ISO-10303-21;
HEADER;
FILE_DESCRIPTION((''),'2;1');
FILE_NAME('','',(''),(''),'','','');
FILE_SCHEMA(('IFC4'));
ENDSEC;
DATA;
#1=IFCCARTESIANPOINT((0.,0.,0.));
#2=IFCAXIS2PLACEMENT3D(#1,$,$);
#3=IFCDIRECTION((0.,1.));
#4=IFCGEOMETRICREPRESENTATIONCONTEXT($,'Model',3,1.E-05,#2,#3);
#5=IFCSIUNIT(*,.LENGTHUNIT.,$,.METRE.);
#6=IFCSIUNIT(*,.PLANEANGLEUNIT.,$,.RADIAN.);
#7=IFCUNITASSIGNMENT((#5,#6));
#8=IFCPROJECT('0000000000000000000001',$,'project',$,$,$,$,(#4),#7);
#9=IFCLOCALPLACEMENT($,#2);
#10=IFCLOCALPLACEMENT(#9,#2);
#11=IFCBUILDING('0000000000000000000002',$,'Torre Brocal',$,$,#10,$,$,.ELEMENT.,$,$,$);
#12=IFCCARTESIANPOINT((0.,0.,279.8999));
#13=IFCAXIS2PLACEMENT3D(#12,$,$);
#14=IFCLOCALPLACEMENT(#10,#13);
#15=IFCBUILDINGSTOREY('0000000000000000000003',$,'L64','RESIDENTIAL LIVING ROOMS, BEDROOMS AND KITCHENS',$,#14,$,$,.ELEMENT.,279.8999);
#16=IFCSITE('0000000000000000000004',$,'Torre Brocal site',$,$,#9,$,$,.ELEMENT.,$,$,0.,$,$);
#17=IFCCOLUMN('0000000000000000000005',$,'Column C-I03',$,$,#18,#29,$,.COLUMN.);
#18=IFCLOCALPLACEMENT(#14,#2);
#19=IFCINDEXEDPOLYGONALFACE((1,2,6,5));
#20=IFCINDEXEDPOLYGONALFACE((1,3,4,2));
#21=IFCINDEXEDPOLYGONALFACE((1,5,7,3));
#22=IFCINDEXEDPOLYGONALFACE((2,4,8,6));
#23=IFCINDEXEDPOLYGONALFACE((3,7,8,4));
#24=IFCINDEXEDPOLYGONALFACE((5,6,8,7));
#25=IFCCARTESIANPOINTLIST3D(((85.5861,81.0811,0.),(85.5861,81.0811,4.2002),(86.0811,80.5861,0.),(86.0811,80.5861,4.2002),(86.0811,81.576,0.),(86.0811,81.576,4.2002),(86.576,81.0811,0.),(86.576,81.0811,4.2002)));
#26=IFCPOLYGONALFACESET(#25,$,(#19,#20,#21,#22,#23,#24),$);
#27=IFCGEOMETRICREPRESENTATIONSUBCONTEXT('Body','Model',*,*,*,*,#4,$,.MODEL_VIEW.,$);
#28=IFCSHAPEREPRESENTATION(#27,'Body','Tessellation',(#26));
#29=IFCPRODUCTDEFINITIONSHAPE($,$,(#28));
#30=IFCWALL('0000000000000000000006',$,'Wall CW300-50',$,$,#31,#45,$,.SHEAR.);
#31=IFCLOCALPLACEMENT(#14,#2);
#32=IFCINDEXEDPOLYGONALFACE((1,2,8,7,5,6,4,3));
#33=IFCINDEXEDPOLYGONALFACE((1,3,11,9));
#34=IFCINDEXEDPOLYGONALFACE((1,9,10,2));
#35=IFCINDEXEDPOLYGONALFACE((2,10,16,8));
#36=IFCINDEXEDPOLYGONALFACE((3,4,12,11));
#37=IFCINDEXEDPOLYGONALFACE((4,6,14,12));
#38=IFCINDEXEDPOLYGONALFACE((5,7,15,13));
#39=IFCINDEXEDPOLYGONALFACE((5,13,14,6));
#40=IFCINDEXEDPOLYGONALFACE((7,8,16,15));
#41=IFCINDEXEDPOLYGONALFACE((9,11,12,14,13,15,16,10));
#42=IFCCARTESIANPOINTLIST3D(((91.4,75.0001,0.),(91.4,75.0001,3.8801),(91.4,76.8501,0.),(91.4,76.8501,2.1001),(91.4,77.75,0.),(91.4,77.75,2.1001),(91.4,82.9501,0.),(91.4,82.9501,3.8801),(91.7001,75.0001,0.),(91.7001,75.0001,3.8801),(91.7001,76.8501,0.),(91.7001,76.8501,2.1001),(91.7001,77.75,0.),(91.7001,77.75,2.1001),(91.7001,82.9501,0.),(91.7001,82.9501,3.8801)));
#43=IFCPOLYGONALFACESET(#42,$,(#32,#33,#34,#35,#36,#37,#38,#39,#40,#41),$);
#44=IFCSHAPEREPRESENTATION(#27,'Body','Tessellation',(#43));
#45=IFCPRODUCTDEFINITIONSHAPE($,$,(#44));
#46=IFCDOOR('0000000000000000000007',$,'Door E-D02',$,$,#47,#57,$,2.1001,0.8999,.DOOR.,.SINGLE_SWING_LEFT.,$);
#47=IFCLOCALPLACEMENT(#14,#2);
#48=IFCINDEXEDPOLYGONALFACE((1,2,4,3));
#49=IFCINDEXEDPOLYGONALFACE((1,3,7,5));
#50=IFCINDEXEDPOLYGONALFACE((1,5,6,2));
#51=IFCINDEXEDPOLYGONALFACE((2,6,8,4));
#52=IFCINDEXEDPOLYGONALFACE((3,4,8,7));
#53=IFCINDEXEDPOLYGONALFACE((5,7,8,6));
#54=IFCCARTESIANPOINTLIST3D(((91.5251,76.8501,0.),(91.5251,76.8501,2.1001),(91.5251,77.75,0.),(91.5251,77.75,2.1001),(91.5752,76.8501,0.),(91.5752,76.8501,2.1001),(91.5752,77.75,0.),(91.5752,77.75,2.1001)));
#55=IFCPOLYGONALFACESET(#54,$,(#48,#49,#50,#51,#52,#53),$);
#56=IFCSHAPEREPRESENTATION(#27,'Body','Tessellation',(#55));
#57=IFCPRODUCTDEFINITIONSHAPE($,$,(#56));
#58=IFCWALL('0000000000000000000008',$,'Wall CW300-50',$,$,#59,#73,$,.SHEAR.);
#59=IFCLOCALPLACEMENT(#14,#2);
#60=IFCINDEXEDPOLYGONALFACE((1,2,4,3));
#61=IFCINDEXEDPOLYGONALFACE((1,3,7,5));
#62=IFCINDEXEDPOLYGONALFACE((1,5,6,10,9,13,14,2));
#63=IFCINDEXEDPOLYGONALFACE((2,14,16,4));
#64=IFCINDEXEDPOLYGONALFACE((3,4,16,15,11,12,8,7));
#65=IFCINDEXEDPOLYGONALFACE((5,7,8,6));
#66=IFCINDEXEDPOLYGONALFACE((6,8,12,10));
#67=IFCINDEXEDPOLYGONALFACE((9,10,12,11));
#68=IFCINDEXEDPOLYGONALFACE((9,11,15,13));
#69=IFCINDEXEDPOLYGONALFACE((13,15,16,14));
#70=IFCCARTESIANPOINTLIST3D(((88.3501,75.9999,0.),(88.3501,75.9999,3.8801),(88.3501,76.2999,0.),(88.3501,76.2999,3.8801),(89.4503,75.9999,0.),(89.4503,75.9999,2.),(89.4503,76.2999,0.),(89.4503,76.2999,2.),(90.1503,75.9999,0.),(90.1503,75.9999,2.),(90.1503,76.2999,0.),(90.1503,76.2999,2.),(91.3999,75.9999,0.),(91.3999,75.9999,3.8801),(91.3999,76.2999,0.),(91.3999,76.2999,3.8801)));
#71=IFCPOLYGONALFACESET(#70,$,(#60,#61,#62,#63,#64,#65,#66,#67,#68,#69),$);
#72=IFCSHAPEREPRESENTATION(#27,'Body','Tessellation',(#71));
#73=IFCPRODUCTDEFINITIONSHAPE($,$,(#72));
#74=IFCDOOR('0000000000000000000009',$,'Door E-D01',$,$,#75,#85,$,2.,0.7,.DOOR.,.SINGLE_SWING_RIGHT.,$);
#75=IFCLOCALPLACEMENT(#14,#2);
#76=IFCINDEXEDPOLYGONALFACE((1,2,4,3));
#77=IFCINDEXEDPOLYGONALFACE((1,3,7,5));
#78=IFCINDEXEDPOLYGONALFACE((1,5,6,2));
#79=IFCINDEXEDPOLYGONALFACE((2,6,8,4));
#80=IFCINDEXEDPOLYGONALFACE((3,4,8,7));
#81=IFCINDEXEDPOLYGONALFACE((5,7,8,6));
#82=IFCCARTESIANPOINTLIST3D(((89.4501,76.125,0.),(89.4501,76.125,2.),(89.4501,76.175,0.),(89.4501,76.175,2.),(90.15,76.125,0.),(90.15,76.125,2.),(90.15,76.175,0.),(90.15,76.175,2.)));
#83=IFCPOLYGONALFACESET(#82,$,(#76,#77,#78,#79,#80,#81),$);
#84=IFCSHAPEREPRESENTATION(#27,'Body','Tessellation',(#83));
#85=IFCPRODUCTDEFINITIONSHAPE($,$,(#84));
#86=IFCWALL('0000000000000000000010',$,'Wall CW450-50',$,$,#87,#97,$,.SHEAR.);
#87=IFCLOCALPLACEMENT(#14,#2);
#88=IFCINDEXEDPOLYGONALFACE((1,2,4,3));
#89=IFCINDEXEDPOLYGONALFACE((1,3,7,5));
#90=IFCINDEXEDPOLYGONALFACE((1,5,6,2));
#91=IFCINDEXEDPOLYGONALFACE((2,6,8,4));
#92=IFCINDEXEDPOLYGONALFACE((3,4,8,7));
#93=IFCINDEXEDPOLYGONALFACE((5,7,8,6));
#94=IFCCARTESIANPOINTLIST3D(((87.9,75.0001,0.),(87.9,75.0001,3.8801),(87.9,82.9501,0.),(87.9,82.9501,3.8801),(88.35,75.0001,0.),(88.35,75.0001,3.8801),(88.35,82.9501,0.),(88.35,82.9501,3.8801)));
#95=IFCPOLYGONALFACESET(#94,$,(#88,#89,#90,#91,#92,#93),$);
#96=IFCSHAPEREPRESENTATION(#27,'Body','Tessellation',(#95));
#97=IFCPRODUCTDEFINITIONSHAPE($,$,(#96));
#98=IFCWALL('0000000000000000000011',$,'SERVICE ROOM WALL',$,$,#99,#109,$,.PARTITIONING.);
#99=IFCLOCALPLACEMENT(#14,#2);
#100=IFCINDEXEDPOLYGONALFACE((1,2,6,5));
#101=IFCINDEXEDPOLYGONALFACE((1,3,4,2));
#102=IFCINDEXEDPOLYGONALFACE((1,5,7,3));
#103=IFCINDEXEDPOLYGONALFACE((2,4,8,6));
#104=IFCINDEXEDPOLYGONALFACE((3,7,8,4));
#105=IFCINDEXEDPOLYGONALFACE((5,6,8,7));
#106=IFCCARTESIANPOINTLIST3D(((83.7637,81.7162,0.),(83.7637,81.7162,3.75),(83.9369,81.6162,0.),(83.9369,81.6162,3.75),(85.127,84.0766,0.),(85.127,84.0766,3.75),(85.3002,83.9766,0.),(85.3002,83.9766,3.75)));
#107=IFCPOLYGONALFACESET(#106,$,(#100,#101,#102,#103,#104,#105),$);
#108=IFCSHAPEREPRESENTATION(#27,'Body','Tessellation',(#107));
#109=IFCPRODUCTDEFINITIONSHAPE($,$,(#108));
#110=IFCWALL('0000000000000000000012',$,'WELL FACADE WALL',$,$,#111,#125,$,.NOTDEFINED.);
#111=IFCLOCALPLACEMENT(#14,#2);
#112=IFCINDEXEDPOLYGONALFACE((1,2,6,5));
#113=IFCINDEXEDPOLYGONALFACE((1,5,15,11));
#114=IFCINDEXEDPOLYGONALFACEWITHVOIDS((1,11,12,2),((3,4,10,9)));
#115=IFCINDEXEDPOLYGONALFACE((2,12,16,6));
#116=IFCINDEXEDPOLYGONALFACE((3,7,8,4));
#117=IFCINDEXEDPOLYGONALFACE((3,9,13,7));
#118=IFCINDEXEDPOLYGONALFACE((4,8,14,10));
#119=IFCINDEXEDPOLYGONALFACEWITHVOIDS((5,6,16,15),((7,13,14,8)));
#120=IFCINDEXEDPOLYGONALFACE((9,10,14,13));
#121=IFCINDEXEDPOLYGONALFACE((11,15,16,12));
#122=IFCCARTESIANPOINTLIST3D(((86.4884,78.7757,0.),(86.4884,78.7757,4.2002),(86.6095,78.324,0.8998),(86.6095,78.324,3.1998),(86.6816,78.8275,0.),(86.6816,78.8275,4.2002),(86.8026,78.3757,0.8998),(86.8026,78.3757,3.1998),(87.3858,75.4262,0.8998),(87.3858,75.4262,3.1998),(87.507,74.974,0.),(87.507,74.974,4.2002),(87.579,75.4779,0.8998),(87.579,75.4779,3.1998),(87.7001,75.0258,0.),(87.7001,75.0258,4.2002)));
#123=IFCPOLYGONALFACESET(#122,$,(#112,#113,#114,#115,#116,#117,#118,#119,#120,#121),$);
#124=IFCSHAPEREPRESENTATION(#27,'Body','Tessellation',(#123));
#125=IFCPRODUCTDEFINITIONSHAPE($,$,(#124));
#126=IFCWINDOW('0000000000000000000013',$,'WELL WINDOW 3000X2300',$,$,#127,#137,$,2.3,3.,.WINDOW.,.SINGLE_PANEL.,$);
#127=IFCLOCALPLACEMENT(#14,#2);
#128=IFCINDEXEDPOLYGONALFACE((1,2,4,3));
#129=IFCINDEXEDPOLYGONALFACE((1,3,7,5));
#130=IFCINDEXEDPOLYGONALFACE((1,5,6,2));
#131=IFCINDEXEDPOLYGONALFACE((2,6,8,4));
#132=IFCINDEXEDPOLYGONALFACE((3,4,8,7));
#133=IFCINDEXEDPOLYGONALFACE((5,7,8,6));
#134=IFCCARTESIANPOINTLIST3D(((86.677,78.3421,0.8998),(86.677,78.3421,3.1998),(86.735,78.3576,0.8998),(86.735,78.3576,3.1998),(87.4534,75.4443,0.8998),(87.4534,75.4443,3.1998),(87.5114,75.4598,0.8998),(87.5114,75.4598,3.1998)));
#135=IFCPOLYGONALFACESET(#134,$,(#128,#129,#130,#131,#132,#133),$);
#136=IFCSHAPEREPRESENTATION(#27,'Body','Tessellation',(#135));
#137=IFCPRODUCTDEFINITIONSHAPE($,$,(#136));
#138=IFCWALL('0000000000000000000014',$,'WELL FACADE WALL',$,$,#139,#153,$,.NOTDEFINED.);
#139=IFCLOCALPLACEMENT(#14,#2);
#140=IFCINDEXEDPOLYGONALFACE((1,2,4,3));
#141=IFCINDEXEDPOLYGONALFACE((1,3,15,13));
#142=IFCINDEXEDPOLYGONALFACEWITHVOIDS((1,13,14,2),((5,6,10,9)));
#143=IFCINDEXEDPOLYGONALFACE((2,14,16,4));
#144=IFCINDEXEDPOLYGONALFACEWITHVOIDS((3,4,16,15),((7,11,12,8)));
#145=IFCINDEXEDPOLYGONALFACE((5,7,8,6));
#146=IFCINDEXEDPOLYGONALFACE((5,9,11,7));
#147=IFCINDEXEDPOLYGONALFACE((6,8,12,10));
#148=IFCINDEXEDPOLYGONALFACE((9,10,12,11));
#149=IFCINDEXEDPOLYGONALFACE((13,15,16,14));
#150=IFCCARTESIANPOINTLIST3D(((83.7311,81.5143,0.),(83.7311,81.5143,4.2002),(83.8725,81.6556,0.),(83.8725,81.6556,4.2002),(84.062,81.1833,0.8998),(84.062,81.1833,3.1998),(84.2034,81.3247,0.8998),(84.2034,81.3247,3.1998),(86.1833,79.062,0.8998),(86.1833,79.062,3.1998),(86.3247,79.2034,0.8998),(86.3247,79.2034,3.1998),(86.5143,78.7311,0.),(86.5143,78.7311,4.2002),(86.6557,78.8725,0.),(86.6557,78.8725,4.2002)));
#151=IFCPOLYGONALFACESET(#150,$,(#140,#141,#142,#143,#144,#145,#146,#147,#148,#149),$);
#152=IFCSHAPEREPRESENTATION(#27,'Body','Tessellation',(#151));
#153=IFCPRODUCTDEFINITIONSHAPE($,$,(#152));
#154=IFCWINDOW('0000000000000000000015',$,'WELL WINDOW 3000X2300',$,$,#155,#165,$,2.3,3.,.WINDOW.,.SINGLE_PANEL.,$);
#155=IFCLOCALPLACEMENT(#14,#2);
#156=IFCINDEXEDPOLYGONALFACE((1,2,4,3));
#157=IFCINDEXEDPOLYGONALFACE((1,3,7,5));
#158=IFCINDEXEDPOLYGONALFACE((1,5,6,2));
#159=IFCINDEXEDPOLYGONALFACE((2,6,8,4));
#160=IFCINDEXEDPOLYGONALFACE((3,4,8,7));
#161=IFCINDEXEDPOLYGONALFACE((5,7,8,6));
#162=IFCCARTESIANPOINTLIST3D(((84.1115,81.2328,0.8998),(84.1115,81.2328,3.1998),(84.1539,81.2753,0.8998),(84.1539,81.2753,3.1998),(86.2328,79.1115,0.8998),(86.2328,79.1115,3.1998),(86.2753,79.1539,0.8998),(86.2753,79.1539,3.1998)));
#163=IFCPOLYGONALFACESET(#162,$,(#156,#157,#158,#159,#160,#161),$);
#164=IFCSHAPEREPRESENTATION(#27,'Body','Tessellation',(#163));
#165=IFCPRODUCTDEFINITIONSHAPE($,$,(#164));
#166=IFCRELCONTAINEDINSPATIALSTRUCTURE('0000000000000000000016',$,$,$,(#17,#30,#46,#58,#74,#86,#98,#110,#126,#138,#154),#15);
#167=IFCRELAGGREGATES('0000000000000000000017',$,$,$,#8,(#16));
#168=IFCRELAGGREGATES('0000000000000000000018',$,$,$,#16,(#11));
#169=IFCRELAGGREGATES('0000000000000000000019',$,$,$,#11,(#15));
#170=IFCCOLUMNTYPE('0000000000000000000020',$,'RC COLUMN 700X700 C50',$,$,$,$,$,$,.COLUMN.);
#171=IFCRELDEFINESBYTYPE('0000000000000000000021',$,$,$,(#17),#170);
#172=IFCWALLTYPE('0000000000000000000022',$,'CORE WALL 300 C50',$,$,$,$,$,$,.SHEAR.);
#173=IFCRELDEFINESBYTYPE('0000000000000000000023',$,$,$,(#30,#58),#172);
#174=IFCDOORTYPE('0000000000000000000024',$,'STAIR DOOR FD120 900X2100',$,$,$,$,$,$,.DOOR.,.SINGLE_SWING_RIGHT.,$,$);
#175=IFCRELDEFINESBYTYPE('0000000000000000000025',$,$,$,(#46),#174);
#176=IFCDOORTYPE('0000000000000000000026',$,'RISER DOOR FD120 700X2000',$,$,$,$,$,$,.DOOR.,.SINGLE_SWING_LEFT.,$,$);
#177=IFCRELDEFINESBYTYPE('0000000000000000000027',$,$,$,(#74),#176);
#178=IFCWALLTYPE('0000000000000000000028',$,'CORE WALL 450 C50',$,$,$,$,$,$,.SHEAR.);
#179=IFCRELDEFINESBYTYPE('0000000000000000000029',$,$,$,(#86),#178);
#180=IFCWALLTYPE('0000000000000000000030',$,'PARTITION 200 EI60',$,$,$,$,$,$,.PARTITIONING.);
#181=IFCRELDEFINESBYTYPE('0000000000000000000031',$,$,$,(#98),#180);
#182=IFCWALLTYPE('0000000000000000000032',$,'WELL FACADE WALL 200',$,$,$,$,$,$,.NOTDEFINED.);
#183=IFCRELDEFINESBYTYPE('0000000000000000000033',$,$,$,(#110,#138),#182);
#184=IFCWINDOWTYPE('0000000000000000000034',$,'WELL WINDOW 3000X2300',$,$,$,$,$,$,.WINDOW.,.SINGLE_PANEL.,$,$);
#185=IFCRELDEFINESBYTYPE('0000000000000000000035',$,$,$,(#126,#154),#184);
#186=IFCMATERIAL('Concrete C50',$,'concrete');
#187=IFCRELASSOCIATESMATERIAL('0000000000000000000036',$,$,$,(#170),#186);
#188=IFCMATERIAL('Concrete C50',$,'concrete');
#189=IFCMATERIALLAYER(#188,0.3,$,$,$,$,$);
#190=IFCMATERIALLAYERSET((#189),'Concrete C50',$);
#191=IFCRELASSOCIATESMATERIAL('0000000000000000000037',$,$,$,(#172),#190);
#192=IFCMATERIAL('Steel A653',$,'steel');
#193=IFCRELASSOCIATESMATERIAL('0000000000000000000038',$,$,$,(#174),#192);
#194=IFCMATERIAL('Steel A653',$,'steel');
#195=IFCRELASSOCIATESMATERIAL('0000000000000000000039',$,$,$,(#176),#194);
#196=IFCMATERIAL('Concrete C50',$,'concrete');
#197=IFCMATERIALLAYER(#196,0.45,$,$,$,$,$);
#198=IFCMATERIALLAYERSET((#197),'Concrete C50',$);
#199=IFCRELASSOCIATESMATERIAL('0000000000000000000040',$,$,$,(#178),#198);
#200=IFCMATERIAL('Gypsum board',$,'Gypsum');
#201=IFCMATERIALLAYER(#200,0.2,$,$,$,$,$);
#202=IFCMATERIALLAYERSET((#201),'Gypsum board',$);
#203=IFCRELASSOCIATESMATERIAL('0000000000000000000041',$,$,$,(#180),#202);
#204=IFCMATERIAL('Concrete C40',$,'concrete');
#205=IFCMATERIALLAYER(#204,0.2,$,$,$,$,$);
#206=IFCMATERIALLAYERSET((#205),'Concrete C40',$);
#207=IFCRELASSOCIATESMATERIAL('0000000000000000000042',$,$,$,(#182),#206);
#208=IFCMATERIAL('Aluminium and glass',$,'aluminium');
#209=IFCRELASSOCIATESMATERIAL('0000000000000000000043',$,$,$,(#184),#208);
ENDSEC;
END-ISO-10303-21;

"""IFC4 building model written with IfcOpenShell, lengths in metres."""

from ifc_helpers import new_model, si_unit, direction, frame, frame_2d, origin, origin_2d, place, context, subcontext, project, spatial, rectangle, extrude, material, layer, layer_set, material_profile, profile_set, type_object, element, fill, save


model = new_model("IFC4")

# Units and contexts
model_context = context("Model", 3, precision=1e-05, world=origin(), true_north=direction((0.0, 1.0)))
body_context = subcontext(model_context, "Body", "Model", "MODEL_VIEW")
ifc_project = project(units=[si_unit("LENGTHUNIT", "METRE"), si_unit("PLANEANGLEUNIT", "RADIAN")], contexts=[model_context])

# Site, building, storey
site_placement = place(None, origin())
site = spatial("IfcSite", under=ifc_project, at=site_placement, Name="Torre Brocal site", CompositionType="ELEMENT", RefElevation=0.0)
building_placement = place(site_placement, origin())
building = spatial("IfcBuilding", under=site, at=building_placement, Name="Torre Brocal", CompositionType="ELEMENT")
storey_placement = place(building_placement, frame((0.0, 0.0, 279.8999)))
storey = spatial("IfcBuildingStorey", under=building, at=storey_placement, Name="L64", Description="RESIDENTIAL LIVING ROOMS, BEDROOMS AND KITCHENS", CompositionType="ELEMENT", Elevation=279.8999)

# Column
ifc_material_1 = material(Name="Concrete C50", Category="concrete")
ifc_material_profile = material_profile(ifc_material_1, rectangle(XDim=0.7, YDim=0.7, at=origin_2d()), Name="RC 700X700")
ifc_profile_set = profile_set([ifc_material_profile], Name="Concrete C50")
column_type = type_object("IfcColumnType", Name="RC COLUMN 700X700 C50", PredefinedType="COLUMN", material=ifc_profile_set)
column_placement = place(storey_placement, frame((86.0811, 81.0811, 0.0), z_axis=(0.0, 0.0, 1.0), x_axis=(0.707107, 0.707107, 0.0)))
element("IfcColumn", 1, at=column_placement, inside=storey, type_object=column_type, Name="Column C-I03", PredefinedType="COLUMN", context=body_context, shape_type="SweptSolid", body=[
    extrude(rectangle(XDim=0.7, YDim=0.7, at=origin_2d()), origin(), (0.0, 0.0, 1.0), 4.2002),
])

# Walls, openings, doors
ifc_material_2 = material(Name="Concrete C50", Category="concrete")
ifc_layer_1 = layer(ifc_material_2, 0.3)
ifc_layer_set_1 = layer_set([ifc_layer_1], Name="Concrete C50")
wall_type_1 = type_object("IfcWallType", Name="CORE WALL 300 C50", PredefinedType="SHEAR", material=ifc_layer_set_1)
wall_1_placement = place(storey_placement, frame((91.55, 75.0, 0.0), z_axis=(0.0, 0.0, 1.0), x_axis=(0.0, 1.0, 0.0)))
wall_1 = element("IfcWall", 2, at=wall_1_placement, inside=storey, type_object=wall_type_1, Name="Wall CW300-50", PredefinedType="SHEAR", context=body_context, shape_type="SweptSolid", body=[
    extrude(rectangle(XDim=7.95, YDim=0.3, at=frame_2d((3.9751, 0.0))), origin(), (0.0, 0.0, 1.0), 3.8801),
])
opening_1_placement = place(wall_1_placement, frame((1.8501, 0.0, 0.0)))
opening_1 = element("IfcOpeningElement", 3, at=opening_1_placement, cuts=wall_1, PredefinedType="OPENING", context=body_context, shape_type="SweptSolid", body=[
    extrude(rectangle(XDim=0.8999, YDim=2.1001, at=frame_2d((0.45, 1.05))), frame((0.0, 0.1599, 0.0), z_axis=(0.0, -1.0, 0.0), x_axis=(1.0, 0.0, 0.0)), (0.0, 0.0, 1.0), 0.3201),
])
ifc_material_3 = material(Name="Steel A653", Category="steel")
door_type_1 = type_object("IfcDoorType", Name="STAIR DOOR FD120 900X2100", OperationType="SINGLE_SWING_RIGHT", PredefinedType="DOOR", material=ifc_material_3)
door_1_placement = place(opening_1_placement, origin())
door_1 = element("IfcDoor", 4, at=door_1_placement, inside=storey, type_object=door_type_1, Name="Door E-D02", OperationType="SINGLE_SWING_LEFT", OverallHeight=2.1001, OverallWidth=0.8999, PredefinedType="DOOR", context=body_context, shape_type="SweptSolid", body=[
    extrude(rectangle(XDim=0.8999, YDim=2.1001, at=frame_2d((0.45, 1.05))), frame((0.0, 0.0249, 0.0), z_axis=(0.0, -1.0, 0.0), x_axis=(1.0, 0.0, 0.0)), (0.0, 0.0, 1.0), 0.05),
])
fill(opening_1, door_1)
wall_2_placement = place(storey_placement, frame((88.3501, 76.1499, 0.0), z_axis=(0.0, 0.0, 1.0), x_axis=(1.0, 0.0, 0.0)))
wall_2 = element("IfcWall", 5, at=wall_2_placement, inside=storey, type_object=wall_type_1, Name="Wall CW300-50", PredefinedType="SHEAR", context=body_context, shape_type="SweptSolid", body=[
    extrude(rectangle(XDim=3.0498, YDim=0.3, at=frame_2d((1.5249, 0.0))), origin(), (0.0, 0.0, 1.0), 3.8801),
])
opening_2_placement = place(wall_2_placement, frame((1.1001, 0.0, 0.0)))
opening_2 = element("IfcOpeningElement", 6, at=opening_2_placement, cuts=wall_2, PredefinedType="OPENING", context=body_context, shape_type="SweptSolid", body=[
    extrude(rectangle(XDim=0.7, YDim=2.0, at=frame_2d((0.3501, 1.0))), frame((0.0, 0.1599, 0.0), z_axis=(0.0, -1.0, 0.0), x_axis=(1.0, 0.0, 0.0)), (0.0, 0.0, 1.0), 0.3201),
])
ifc_material_4 = material(Name="Steel A653", Category="steel")
door_type_2 = type_object("IfcDoorType", Name="RISER DOOR FD120 700X2000", OperationType="SINGLE_SWING_LEFT", PredefinedType="DOOR", material=ifc_material_4)
door_2_placement = place(opening_2_placement, frame((0.7, 0.0, 0.0), z_axis=(0.0, 0.0, 1.0), x_axis=(-1.0, 0.0, 0.0)))
door_2 = element("IfcDoor", 7, at=door_2_placement, inside=storey, type_object=door_type_2, Name="Door E-D01", OperationType="SINGLE_SWING_RIGHT", OverallHeight=2.0, OverallWidth=0.7, PredefinedType="DOOR", context=body_context, shape_type="SweptSolid", body=[
    extrude(rectangle(XDim=0.7, YDim=2.0, at=frame_2d((0.3501, 1.0))), frame((0.0, 0.0249, 0.0), z_axis=(0.0, -1.0, 0.0), x_axis=(1.0, 0.0, 0.0)), (0.0, 0.0, 1.0), 0.05),
])
fill(opening_2, door_2)

# Walls
ifc_material_5 = material(Name="Concrete C50", Category="concrete")
ifc_layer_2 = layer(ifc_material_5, 0.45)
ifc_layer_set_2 = layer_set([ifc_layer_2], Name="Concrete C50")
wall_type_2 = type_object("IfcWallType", Name="CORE WALL 450 C50", PredefinedType="SHEAR", material=ifc_layer_set_2)
wall_3_placement = place(storey_placement, frame((88.125, 75.0, 0.0), z_axis=(0.0, 0.0, 1.0), x_axis=(0.0, 1.0, 0.0)))
element("IfcWall", 8, at=wall_3_placement, inside=storey, type_object=wall_type_2, Name="Wall CW450-50", PredefinedType="SHEAR", context=body_context, shape_type="SweptSolid", body=[
    extrude(rectangle(XDim=7.95, YDim=0.45, at=frame_2d((3.9751, 0.0))), origin(), (0.0, 0.0, 1.0), 3.8801),
])
ifc_material_6 = material(Name="Gypsum board", Category="Gypsum")
ifc_layer_3 = layer(ifc_material_6, 0.2)
ifc_layer_set_3 = layer_set([ifc_layer_3], Name="Gypsum board")
wall_type_3 = type_object("IfcWallType", Name="PARTITION 200 EI60", PredefinedType="PARTITIONING", material=ifc_layer_set_3)
wall_4_placement = place(storey_placement, frame((83.8503, 81.6663, 0.0), z_axis=(0.0, 0.0, 1.0), x_axis=(0.500146, 0.865941, 0.0)))
element("IfcWall", 9, at=wall_4_placement, inside=storey, type_object=wall_type_3, Name="SERVICE ROOM WALL", PredefinedType="PARTITIONING", context=body_context, shape_type="SweptSolid", body=[
    extrude(rectangle(XDim=2.7258, YDim=0.2, at=frame_2d((1.3628, 0.0))), origin(), (0.0, 0.0, 1.0), 3.75),
])

# Walls, openings, windows
ifc_material_7 = material(Name="Concrete C40", Category="concrete")
ifc_layer_4 = layer(ifc_material_7, 0.2)
ifc_layer_set_4 = layer_set([ifc_layer_4], Name="Concrete C40")
wall_type_4 = type_object("IfcWallType", Name="WELL FACADE WALL 200", PredefinedType="NOTDEFINED", material=ifc_layer_set_4)
wall_5_placement = place(storey_placement, frame((87.6035, 75.0, 0.0), z_axis=(0.0, 0.0, 1.0), x_axis=(-0.25879, 0.965934, 0.0)))
wall_5 = element("IfcWall", 10, at=wall_5_placement, inside=storey, type_object=wall_type_4, Name="WELL FACADE WALL", PredefinedType="NOTDEFINED", context=body_context, shape_type="SweptSolid", body=[
    extrude(rectangle(XDim=3.9358, YDim=0.2, at=frame_2d((1.9678, 0.0))), origin(), (0.0, 0.0, 1.0), 4.2002),
])
opening_3_placement = place(wall_5_placement, frame((0.468, 0.0, 0.8999)))
opening_3 = element("IfcOpeningElement", 11, at=opening_3_placement, cuts=wall_5, PredefinedType="OPENING", context=body_context, shape_type="SweptSolid", body=[
    extrude(rectangle(XDim=3.0, YDim=2.3, at=frame_2d((1.5, 1.1499))), frame((0.0, 0.1099, 0.0), z_axis=(0.0, -1.0, 0.0), x_axis=(1.0, 0.0, 0.0)), (0.0, 0.0, 1.0), 0.22),
])
ifc_material_8 = material(Name="Aluminium and glass", Category="aluminium")
window_type = type_object("IfcWindowType", Name="WELL WINDOW 3000X2300", PartitioningType="SINGLE_PANEL", PredefinedType="WINDOW", material=ifc_material_8)
window_1_placement = place(opening_3_placement, origin())
window_1 = element("IfcWindow", 12, at=window_1_placement, inside=storey, type_object=window_type, Name="WELL WINDOW 3000X2300", OverallHeight=2.3, OverallWidth=3.0, PartitioningType="SINGLE_PANEL", PredefinedType="WINDOW", context=body_context, shape_type="SweptSolid", body=[
    extrude(rectangle(XDim=3.0, YDim=2.3, at=frame_2d((1.5, 1.1499))), frame((0.0, 0.03, 0.0), z_axis=(0.0, -1.0, 0.0), x_axis=(1.0, 0.0, 0.0)), (0.0, 0.0, 1.0), 0.0601),
])
fill(opening_3, window_1)
wall_6_placement = place(storey_placement, frame((86.585, 78.8018, 0.0), z_axis=(0.0, 0.0, 1.0), x_axis=(-0.707107, 0.707107, 0.0)))
wall_6 = element("IfcWall", 13, at=wall_6_placement, inside=storey, type_object=wall_type_4, Name="WELL FACADE WALL", PredefinedType="NOTDEFINED", context=body_context, shape_type="SweptSolid", body=[
    extrude(rectangle(XDim=3.936, YDim=0.2, at=frame_2d((1.968, 0.0))), origin(), (0.0, 0.0, 1.0), 4.2002),
])
opening_4_placement = place(wall_6_placement, frame((0.468, 0.0, 0.8999)))
opening_4 = element("IfcOpeningElement", 14, at=opening_4_placement, cuts=wall_6, PredefinedType="OPENING", context=body_context, shape_type="SweptSolid", body=[
    extrude(rectangle(XDim=3.0, YDim=2.3, at=frame_2d((1.5, 1.1499))), frame((0.0, 0.1099, 0.0), z_axis=(0.0, -1.0, 0.0), x_axis=(1.0, 0.0, 0.0)), (0.0, 0.0, 1.0), 0.22),
])
window_2_placement = place(opening_4_placement, origin())
window_2 = element("IfcWindow", 15, at=window_2_placement, inside=storey, type_object=window_type, Name="WELL WINDOW 3000X2300", OverallHeight=2.3, OverallWidth=3.0, PartitioningType="SINGLE_PANEL", PredefinedType="WINDOW", context=body_context, shape_type="SweptSolid", body=[
    extrude(rectangle(XDim=3.0, YDim=2.3, at=frame_2d((1.5, 1.1499))), frame((0.0, 0.03, 0.0), z_axis=(0.0, -1.0, 0.0), x_axis=(1.0, 0.0, 0.0)), (0.0, 0.0, 1.0), 0.0601),
])
fill(opening_4, window_2)

save(model, "model.ifc")
